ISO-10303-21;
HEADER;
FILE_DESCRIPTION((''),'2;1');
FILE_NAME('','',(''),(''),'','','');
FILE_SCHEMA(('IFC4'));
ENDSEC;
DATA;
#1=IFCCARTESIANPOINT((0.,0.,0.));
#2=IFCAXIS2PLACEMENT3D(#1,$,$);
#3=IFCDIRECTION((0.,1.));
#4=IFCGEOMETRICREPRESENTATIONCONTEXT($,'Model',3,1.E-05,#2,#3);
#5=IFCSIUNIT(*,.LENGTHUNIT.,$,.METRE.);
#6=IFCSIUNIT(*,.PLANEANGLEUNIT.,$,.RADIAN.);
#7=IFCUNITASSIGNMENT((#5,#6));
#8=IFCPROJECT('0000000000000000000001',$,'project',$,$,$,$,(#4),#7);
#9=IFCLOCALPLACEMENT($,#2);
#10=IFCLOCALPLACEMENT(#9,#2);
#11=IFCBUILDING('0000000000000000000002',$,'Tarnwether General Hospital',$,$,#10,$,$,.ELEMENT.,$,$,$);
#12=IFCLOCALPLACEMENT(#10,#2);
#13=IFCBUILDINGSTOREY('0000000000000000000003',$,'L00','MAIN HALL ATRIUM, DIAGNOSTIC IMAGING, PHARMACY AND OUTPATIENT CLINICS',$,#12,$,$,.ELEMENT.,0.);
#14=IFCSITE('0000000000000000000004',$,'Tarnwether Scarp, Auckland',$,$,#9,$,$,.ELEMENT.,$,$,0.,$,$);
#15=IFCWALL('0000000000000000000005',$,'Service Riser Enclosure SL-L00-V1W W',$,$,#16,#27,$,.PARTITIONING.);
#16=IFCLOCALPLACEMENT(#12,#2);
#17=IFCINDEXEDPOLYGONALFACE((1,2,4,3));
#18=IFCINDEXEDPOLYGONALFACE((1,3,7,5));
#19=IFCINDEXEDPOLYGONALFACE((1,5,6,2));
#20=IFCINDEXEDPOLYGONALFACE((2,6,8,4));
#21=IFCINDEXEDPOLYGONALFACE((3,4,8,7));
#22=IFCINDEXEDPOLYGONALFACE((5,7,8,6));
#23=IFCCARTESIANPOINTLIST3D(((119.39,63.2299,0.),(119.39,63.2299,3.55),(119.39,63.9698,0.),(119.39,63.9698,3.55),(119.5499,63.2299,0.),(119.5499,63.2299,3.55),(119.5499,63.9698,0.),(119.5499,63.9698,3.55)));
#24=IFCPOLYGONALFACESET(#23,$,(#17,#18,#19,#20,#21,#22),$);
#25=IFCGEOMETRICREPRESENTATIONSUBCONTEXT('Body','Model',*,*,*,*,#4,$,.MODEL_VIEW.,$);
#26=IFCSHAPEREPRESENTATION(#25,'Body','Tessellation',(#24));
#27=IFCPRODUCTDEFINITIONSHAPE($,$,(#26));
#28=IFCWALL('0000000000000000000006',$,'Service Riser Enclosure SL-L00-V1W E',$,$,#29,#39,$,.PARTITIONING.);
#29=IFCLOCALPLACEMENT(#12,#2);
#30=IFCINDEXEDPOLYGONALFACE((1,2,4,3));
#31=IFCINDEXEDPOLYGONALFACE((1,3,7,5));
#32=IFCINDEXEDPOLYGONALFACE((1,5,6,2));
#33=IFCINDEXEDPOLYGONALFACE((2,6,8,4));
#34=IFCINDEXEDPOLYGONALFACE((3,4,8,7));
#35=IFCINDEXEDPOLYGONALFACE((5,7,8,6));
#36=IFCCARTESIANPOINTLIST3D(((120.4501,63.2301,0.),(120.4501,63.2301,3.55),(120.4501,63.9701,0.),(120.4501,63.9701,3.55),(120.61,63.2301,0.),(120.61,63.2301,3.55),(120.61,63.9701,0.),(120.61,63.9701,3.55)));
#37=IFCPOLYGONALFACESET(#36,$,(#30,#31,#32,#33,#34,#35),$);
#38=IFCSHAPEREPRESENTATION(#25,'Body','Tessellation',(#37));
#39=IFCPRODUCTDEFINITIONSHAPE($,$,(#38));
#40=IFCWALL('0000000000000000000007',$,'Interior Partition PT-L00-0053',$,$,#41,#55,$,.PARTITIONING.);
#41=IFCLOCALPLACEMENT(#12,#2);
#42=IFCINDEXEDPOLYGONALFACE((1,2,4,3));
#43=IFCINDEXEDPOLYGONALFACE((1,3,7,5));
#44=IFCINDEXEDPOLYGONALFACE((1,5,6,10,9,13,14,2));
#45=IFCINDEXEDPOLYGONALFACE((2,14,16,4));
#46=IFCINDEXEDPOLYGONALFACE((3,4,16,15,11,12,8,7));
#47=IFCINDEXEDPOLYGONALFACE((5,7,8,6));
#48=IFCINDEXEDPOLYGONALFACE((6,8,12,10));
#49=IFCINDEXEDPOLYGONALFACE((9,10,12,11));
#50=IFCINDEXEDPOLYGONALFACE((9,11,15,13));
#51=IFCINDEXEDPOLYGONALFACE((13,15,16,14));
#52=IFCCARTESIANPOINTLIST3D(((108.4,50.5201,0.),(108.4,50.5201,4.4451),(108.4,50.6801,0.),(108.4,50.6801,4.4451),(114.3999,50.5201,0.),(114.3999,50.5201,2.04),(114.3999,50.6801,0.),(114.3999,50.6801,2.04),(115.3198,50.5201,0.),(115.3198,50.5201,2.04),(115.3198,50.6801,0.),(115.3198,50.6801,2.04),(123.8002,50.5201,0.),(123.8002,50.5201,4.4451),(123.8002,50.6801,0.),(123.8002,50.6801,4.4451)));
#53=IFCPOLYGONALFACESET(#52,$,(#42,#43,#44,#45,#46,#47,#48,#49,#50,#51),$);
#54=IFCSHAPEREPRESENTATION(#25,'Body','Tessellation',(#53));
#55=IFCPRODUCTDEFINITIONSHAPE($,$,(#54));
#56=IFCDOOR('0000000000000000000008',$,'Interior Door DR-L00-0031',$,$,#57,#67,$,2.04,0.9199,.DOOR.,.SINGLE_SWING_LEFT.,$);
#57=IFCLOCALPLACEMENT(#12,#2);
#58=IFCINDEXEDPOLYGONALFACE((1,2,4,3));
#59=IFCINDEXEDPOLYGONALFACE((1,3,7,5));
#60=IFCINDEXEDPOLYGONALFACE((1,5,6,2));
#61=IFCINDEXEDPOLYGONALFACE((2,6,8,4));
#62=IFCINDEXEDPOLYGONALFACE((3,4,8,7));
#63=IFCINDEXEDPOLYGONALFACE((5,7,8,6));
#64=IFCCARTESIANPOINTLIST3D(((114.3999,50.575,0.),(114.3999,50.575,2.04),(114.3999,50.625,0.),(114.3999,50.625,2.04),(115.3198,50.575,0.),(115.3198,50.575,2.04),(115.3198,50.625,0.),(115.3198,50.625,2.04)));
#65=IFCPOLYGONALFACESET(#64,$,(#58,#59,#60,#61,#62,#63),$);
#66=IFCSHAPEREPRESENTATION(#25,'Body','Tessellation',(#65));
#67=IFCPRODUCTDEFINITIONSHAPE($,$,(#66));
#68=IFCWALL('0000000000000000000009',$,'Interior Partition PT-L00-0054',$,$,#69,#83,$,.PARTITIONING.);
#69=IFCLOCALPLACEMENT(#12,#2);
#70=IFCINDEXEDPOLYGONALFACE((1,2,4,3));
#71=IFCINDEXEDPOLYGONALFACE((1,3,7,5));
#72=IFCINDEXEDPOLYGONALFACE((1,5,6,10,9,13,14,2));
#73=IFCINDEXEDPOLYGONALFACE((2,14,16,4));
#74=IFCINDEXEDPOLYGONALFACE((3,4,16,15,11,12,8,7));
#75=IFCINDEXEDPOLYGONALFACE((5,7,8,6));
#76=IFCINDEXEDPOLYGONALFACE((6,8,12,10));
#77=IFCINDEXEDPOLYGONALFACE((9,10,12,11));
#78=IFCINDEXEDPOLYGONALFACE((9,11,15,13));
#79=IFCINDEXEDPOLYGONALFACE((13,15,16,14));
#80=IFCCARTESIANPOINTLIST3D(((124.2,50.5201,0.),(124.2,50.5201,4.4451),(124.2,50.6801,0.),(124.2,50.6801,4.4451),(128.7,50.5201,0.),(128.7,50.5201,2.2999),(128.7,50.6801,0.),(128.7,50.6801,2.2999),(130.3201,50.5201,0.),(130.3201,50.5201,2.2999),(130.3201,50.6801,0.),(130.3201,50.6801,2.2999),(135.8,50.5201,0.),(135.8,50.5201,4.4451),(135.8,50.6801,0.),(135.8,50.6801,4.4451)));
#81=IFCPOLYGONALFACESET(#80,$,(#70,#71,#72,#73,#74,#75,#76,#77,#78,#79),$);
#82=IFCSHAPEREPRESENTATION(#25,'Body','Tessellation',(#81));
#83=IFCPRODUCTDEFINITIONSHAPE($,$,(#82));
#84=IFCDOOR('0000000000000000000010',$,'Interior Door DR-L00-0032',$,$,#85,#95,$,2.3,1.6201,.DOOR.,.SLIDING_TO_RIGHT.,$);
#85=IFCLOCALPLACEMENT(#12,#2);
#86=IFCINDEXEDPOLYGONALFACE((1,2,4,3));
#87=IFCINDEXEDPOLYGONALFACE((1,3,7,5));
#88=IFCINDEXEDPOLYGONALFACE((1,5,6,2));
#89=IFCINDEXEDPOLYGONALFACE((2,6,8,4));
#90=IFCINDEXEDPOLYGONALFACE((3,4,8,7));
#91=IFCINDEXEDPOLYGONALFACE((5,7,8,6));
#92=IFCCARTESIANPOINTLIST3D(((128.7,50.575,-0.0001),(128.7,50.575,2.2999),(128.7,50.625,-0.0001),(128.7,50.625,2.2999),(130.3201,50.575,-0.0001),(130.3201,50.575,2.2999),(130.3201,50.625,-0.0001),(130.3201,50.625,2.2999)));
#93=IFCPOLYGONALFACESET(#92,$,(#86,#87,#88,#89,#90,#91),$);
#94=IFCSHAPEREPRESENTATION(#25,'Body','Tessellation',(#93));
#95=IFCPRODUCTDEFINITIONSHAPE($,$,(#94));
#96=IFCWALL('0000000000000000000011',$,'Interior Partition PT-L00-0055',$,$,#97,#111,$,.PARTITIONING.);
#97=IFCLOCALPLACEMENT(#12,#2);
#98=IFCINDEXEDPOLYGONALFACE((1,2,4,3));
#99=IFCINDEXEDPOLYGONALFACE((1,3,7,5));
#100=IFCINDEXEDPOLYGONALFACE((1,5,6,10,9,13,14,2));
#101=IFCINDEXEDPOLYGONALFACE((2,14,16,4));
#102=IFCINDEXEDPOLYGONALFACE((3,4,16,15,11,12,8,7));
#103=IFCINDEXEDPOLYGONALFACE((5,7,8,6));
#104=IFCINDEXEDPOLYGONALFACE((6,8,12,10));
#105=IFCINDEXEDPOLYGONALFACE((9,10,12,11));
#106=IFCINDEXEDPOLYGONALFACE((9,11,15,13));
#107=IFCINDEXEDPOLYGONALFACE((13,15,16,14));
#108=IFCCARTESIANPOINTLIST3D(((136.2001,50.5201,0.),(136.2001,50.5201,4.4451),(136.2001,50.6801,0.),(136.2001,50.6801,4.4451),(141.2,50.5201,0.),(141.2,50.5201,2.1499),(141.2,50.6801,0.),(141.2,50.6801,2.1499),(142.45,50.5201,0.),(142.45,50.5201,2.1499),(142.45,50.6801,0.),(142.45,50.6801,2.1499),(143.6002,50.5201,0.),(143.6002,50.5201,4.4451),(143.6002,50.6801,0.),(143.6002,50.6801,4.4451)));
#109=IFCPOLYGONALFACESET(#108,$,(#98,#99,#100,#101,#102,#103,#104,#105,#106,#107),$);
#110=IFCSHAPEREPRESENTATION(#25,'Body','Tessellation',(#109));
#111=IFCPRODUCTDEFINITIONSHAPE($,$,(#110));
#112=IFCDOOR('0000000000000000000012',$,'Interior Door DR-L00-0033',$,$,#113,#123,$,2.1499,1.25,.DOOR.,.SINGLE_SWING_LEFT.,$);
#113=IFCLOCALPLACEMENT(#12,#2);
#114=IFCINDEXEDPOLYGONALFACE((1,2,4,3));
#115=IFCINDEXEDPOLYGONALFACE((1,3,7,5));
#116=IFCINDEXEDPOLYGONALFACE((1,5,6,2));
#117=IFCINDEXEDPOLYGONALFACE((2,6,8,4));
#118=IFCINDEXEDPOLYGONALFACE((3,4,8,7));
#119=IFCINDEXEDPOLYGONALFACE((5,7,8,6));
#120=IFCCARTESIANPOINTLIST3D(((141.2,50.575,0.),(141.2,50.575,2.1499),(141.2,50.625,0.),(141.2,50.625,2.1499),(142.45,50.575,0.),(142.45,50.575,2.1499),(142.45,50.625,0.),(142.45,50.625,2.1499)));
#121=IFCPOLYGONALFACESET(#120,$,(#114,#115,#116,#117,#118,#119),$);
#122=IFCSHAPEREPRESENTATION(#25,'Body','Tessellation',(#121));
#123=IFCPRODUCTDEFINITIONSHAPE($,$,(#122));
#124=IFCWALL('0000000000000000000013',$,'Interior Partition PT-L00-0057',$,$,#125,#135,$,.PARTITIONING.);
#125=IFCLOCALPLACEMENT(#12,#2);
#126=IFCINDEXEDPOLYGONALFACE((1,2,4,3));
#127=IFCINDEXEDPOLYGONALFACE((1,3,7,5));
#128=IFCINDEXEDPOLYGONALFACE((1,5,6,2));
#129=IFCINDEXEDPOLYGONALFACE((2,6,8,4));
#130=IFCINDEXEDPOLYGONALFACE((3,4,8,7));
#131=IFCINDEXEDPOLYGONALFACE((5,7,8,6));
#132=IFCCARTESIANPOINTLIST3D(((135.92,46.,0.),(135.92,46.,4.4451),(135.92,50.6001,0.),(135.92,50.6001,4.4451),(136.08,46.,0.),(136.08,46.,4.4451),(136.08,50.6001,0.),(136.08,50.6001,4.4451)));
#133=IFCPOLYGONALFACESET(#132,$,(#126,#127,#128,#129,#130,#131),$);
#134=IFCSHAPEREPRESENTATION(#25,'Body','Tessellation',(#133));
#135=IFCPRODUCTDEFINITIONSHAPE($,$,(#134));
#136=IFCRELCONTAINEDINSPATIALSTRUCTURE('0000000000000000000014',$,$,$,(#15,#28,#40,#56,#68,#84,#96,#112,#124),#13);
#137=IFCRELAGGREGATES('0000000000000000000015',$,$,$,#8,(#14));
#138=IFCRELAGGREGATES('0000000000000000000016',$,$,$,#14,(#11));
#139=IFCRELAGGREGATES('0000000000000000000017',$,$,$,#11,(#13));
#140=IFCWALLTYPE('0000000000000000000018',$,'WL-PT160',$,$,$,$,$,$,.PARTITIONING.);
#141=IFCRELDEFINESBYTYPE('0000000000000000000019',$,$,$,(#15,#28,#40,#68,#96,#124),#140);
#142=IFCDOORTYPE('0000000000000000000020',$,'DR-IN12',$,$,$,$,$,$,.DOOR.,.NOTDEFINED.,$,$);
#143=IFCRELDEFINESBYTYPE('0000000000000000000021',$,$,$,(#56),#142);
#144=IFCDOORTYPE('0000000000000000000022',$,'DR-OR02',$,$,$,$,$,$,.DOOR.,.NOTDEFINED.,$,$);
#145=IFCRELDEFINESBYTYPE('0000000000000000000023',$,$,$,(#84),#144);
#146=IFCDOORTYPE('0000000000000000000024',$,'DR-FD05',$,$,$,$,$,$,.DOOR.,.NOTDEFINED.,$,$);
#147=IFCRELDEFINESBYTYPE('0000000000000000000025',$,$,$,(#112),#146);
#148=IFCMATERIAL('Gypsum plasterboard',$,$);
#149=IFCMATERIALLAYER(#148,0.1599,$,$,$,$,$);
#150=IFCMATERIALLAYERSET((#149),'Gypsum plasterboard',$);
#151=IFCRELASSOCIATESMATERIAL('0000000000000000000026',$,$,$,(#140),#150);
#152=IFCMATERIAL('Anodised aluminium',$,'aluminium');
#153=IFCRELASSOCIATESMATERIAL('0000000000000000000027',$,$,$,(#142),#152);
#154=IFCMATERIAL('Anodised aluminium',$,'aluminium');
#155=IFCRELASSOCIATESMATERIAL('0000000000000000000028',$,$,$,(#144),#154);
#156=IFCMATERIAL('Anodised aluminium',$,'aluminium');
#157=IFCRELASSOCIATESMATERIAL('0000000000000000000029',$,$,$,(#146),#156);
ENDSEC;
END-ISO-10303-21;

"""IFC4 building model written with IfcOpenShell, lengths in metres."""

from ifc_helpers import new_model, si_unit, direction, frame, frame_2d, origin, place, context, subcontext, project, spatial, rectangle, extrude, material, layer, layer_set, type_object, element, fill, save


model = new_model("IFC4")

# Units and contexts
model_context = context("Model", 3, precision=1e-05, world=origin(), true_north=direction((0.0, 1.0)))
body_context = subcontext(model_context, "Body", "Model", "MODEL_VIEW")
ifc_project = project(units=[si_unit("LENGTHUNIT", "METRE"), si_unit("PLANEANGLEUNIT", "RADIAN")], contexts=[model_context])

# Site, building, storey
site_placement = place(None, origin())
site = spatial("IfcSite", under=ifc_project, at=site_placement, Name="Tarnwether Scarp, Auckland", CompositionType="ELEMENT", RefElevation=0.0)
building_placement = place(site_placement, origin())
building = spatial("IfcBuilding", under=site, at=building_placement, Name="Tarnwether General Hospital", CompositionType="ELEMENT")
storey_placement = place(building_placement, origin())
storey = spatial("IfcBuildingStorey", under=building, at=storey_placement, Name="L00", Description="MAIN HALL ATRIUM, DIAGNOSTIC IMAGING, PHARMACY AND OUTPATIENT CLINICS", CompositionType="ELEMENT", Elevation=0.0)

# Walls
ifc_material_1 = material(Name="Gypsum plasterboard")
ifc_layer_1 = layer(ifc_material_1, 0.1599)
ifc_layer_set_1 = layer_set([ifc_layer_1], Name="Gypsum plasterboard")
wall_type_1 = type_object("IfcWallType", Name="WL-PT160", PredefinedType="PARTITIONING", material=ifc_layer_set_1)
for number, where, z_axis, x_axis, name in (
    (1, (119.47, 63.97, 0.0), (0.0, 0.0, 1.0), (0.0, -1.0, 0.0), "Service Riser Enclosure SL-L00-V1W W"),
    (2, (120.53, 63.23, 0.0), (0.0, 0.0, 1.0), (0.0, 1.0, 0.0), "Service Riser Enclosure SL-L00-V1W E"),
):
    element("IfcWall", number, at=place(storey_placement, frame(where, z_axis=z_axis, x_axis=x_axis)), inside=storey, type_object=wall_type_1, Name=name, PredefinedType="PARTITIONING", context=body_context, shape_type="SweptSolid", body=[
        extrude(rectangle(XDim=0.74, YDim=0.1599, at=frame_2d((0.3701, 0.0))), origin(), (0.0, 0.0, 1.0), 3.55),
    ])

# Walls, openings, doors
wall_1_placement = place(storey_placement, frame((108.3999, 50.6001, 0.0), z_axis=(0.0, 0.0, 1.0), x_axis=(1.0, 0.0, 0.0)))
wall_1 = element("IfcWall", 3, at=wall_1_placement, inside=storey, type_object=wall_type_1, Name="Interior Partition PT-L00-0053", PredefinedType="PARTITIONING", context=body_context, shape_type="SweptSolid", body=[
    extrude(rectangle(XDim=15.4001, YDim=0.1599, at=frame_2d((7.7002, 0.0))), origin(), (0.0, 0.0, 1.0), 4.4451),
])
opening_1_placement = place(wall_1_placement, frame((6.0, 0.0, 0.0)))
opening_1 = element("IfcOpeningElement", 4, at=opening_1_placement, cuts=wall_1, PredefinedType="OPENING", context=body_context, shape_type="SweptSolid", body=[
    extrude(rectangle(XDim=0.9199, YDim=2.04, at=frame_2d((0.46, 1.02))), frame((0.0, 0.0898, 0.0), z_axis=(0.0, -1.0, 0.0), x_axis=(1.0, 0.0, 0.0)), (0.0, 0.0, 1.0), 0.1799),
])
ifc_material_2 = material(Name="Anodised aluminium", Category="aluminium")
door_type_1 = type_object("IfcDoorType", Name="DR-IN12", OperationType="NOTDEFINED", PredefinedType="DOOR", material=ifc_material_2)
door_1_placement = place(opening_1_placement, origin())
door_1 = element("IfcDoor", 5, at=door_1_placement, inside=storey, type_object=door_type_1, Name="Interior Door DR-L00-0031", OperationType="SINGLE_SWING_LEFT", OverallHeight=2.04, OverallWidth=0.9199, PredefinedType="DOOR", context=body_context, shape_type="SweptSolid", body=[
    extrude(rectangle(XDim=0.9199, YDim=2.04, at=frame_2d((0.46, 1.02))), frame((0.0, 0.0249, 0.0), z_axis=(0.0, -1.0, 0.0), x_axis=(1.0, 0.0, 0.0)), (0.0, 0.0, 1.0), 0.05),
])
fill(opening_1, door_1)
wall_2_placement = place(storey_placement, frame((124.2, 50.6001, 0.0), z_axis=(0.0, 0.0, 1.0), x_axis=(1.0, 0.0, 0.0)))
wall_2 = element("IfcWall", 6, at=wall_2_placement, inside=storey, type_object=wall_type_1, Name="Interior Partition PT-L00-0054", PredefinedType="PARTITIONING", context=body_context, shape_type="SweptSolid", body=[
    extrude(rectangle(XDim=11.6001, YDim=0.1599, at=frame_2d((5.8, 0.0))), origin(), (0.0, 0.0, 1.0), 4.4451),
])
opening_2_placement = place(wall_2_placement, frame((4.5, 0.0, 0.0)))
opening_2 = element("IfcOpeningElement", 7, at=opening_2_placement, cuts=wall_2, PredefinedType="OPENING", context=body_context, shape_type="SweptSolid", body=[
    extrude(rectangle(XDim=1.6201, YDim=2.3, at=frame_2d((0.8101, 1.1499))), frame((0.0, 0.0898, 0.0), z_axis=(0.0, -1.0, 0.0), x_axis=(1.0, 0.0, 0.0)), (0.0, 0.0, 1.0), 0.1799),
])
ifc_material_3 = material(Name="Anodised aluminium", Category="aluminium")
door_type_2 = type_object("IfcDoorType", Name="DR-OR02", OperationType="NOTDEFINED", PredefinedType="DOOR", material=ifc_material_3)
door_2_placement = place(opening_2_placement, origin())
door_2 = element("IfcDoor", 8, at=door_2_placement, inside=storey, type_object=door_type_2, Name="Interior Door DR-L00-0032", OperationType="SLIDING_TO_RIGHT", OverallHeight=2.3, OverallWidth=1.6201, PredefinedType="DOOR", context=body_context, shape_type="SweptSolid", body=[
    extrude(rectangle(XDim=1.6201, YDim=2.3, at=frame_2d((0.8101, 1.1499))), frame((0.0, 0.0249, 0.0), z_axis=(0.0, -1.0, 0.0), x_axis=(1.0, 0.0, 0.0)), (0.0, 0.0, 1.0), 0.05),
])
fill(opening_2, door_2)
wall_3_placement = place(storey_placement, frame((136.2, 50.6001, 0.0), z_axis=(0.0, 0.0, 1.0), x_axis=(1.0, 0.0, 0.0)))
wall_3 = element("IfcWall", 9, at=wall_3_placement, inside=storey, type_object=wall_type_1, Name="Interior Partition PT-L00-0055", PredefinedType="PARTITIONING", context=body_context, shape_type="SweptSolid", body=[
    extrude(rectangle(XDim=7.4001, YDim=0.1599, at=frame_2d((3.7002, 0.0))), origin(), (0.0, 0.0, 1.0), 4.4451),
])
opening_3_placement = place(wall_3_placement, frame((5.0, 0.0, 0.0)))
opening_3 = element("IfcOpeningElement", 10, at=opening_3_placement, cuts=wall_3, PredefinedType="OPENING", context=body_context, shape_type="SweptSolid", body=[
    extrude(rectangle(XDim=1.25, YDim=2.1499, at=frame_2d((0.625, 1.075))), frame((0.0, 0.0898, 0.0), z_axis=(0.0, -1.0, 0.0), x_axis=(1.0, 0.0, 0.0)), (0.0, 0.0, 1.0), 0.1799),
])
ifc_material_4 = material(Name="Anodised aluminium", Category="aluminium")
door_type_3 = type_object("IfcDoorType", Name="DR-FD05", OperationType="NOTDEFINED", PredefinedType="DOOR", material=ifc_material_4)
door_3_placement = place(opening_3_placement, origin())
door_3 = element("IfcDoor", 11, at=door_3_placement, inside=storey, type_object=door_type_3, Name="Interior Door DR-L00-0033", OperationType="SINGLE_SWING_LEFT", OverallHeight=2.1499, OverallWidth=1.25, PredefinedType="DOOR", context=body_context, shape_type="SweptSolid", body=[
    extrude(rectangle(XDim=1.25, YDim=2.1499, at=frame_2d((0.625, 1.075))), frame((0.0, 0.0249, 0.0), z_axis=(0.0, -1.0, 0.0), x_axis=(1.0, 0.0, 0.0)), (0.0, 0.0, 1.0), 0.05),
])
fill(opening_3, door_3)

# Wall
wall_4_placement = place(storey_placement, frame((136.0, 46.0, 0.0), z_axis=(0.0, 0.0, 1.0), x_axis=(0.0, 1.0, 0.0)))
element("IfcWall", 12, at=wall_4_placement, inside=storey, type_object=wall_type_1, Name="Interior Partition PT-L00-0057", PredefinedType="PARTITIONING", context=body_context, shape_type="SweptSolid", body=[
    extrude(rectangle(XDim=4.6001, YDim=0.1599, at=frame_2d((2.3, 0.0))), origin(), (0.0, 0.0, 1.0), 4.4451),
])

save(model, "model.ifc")
